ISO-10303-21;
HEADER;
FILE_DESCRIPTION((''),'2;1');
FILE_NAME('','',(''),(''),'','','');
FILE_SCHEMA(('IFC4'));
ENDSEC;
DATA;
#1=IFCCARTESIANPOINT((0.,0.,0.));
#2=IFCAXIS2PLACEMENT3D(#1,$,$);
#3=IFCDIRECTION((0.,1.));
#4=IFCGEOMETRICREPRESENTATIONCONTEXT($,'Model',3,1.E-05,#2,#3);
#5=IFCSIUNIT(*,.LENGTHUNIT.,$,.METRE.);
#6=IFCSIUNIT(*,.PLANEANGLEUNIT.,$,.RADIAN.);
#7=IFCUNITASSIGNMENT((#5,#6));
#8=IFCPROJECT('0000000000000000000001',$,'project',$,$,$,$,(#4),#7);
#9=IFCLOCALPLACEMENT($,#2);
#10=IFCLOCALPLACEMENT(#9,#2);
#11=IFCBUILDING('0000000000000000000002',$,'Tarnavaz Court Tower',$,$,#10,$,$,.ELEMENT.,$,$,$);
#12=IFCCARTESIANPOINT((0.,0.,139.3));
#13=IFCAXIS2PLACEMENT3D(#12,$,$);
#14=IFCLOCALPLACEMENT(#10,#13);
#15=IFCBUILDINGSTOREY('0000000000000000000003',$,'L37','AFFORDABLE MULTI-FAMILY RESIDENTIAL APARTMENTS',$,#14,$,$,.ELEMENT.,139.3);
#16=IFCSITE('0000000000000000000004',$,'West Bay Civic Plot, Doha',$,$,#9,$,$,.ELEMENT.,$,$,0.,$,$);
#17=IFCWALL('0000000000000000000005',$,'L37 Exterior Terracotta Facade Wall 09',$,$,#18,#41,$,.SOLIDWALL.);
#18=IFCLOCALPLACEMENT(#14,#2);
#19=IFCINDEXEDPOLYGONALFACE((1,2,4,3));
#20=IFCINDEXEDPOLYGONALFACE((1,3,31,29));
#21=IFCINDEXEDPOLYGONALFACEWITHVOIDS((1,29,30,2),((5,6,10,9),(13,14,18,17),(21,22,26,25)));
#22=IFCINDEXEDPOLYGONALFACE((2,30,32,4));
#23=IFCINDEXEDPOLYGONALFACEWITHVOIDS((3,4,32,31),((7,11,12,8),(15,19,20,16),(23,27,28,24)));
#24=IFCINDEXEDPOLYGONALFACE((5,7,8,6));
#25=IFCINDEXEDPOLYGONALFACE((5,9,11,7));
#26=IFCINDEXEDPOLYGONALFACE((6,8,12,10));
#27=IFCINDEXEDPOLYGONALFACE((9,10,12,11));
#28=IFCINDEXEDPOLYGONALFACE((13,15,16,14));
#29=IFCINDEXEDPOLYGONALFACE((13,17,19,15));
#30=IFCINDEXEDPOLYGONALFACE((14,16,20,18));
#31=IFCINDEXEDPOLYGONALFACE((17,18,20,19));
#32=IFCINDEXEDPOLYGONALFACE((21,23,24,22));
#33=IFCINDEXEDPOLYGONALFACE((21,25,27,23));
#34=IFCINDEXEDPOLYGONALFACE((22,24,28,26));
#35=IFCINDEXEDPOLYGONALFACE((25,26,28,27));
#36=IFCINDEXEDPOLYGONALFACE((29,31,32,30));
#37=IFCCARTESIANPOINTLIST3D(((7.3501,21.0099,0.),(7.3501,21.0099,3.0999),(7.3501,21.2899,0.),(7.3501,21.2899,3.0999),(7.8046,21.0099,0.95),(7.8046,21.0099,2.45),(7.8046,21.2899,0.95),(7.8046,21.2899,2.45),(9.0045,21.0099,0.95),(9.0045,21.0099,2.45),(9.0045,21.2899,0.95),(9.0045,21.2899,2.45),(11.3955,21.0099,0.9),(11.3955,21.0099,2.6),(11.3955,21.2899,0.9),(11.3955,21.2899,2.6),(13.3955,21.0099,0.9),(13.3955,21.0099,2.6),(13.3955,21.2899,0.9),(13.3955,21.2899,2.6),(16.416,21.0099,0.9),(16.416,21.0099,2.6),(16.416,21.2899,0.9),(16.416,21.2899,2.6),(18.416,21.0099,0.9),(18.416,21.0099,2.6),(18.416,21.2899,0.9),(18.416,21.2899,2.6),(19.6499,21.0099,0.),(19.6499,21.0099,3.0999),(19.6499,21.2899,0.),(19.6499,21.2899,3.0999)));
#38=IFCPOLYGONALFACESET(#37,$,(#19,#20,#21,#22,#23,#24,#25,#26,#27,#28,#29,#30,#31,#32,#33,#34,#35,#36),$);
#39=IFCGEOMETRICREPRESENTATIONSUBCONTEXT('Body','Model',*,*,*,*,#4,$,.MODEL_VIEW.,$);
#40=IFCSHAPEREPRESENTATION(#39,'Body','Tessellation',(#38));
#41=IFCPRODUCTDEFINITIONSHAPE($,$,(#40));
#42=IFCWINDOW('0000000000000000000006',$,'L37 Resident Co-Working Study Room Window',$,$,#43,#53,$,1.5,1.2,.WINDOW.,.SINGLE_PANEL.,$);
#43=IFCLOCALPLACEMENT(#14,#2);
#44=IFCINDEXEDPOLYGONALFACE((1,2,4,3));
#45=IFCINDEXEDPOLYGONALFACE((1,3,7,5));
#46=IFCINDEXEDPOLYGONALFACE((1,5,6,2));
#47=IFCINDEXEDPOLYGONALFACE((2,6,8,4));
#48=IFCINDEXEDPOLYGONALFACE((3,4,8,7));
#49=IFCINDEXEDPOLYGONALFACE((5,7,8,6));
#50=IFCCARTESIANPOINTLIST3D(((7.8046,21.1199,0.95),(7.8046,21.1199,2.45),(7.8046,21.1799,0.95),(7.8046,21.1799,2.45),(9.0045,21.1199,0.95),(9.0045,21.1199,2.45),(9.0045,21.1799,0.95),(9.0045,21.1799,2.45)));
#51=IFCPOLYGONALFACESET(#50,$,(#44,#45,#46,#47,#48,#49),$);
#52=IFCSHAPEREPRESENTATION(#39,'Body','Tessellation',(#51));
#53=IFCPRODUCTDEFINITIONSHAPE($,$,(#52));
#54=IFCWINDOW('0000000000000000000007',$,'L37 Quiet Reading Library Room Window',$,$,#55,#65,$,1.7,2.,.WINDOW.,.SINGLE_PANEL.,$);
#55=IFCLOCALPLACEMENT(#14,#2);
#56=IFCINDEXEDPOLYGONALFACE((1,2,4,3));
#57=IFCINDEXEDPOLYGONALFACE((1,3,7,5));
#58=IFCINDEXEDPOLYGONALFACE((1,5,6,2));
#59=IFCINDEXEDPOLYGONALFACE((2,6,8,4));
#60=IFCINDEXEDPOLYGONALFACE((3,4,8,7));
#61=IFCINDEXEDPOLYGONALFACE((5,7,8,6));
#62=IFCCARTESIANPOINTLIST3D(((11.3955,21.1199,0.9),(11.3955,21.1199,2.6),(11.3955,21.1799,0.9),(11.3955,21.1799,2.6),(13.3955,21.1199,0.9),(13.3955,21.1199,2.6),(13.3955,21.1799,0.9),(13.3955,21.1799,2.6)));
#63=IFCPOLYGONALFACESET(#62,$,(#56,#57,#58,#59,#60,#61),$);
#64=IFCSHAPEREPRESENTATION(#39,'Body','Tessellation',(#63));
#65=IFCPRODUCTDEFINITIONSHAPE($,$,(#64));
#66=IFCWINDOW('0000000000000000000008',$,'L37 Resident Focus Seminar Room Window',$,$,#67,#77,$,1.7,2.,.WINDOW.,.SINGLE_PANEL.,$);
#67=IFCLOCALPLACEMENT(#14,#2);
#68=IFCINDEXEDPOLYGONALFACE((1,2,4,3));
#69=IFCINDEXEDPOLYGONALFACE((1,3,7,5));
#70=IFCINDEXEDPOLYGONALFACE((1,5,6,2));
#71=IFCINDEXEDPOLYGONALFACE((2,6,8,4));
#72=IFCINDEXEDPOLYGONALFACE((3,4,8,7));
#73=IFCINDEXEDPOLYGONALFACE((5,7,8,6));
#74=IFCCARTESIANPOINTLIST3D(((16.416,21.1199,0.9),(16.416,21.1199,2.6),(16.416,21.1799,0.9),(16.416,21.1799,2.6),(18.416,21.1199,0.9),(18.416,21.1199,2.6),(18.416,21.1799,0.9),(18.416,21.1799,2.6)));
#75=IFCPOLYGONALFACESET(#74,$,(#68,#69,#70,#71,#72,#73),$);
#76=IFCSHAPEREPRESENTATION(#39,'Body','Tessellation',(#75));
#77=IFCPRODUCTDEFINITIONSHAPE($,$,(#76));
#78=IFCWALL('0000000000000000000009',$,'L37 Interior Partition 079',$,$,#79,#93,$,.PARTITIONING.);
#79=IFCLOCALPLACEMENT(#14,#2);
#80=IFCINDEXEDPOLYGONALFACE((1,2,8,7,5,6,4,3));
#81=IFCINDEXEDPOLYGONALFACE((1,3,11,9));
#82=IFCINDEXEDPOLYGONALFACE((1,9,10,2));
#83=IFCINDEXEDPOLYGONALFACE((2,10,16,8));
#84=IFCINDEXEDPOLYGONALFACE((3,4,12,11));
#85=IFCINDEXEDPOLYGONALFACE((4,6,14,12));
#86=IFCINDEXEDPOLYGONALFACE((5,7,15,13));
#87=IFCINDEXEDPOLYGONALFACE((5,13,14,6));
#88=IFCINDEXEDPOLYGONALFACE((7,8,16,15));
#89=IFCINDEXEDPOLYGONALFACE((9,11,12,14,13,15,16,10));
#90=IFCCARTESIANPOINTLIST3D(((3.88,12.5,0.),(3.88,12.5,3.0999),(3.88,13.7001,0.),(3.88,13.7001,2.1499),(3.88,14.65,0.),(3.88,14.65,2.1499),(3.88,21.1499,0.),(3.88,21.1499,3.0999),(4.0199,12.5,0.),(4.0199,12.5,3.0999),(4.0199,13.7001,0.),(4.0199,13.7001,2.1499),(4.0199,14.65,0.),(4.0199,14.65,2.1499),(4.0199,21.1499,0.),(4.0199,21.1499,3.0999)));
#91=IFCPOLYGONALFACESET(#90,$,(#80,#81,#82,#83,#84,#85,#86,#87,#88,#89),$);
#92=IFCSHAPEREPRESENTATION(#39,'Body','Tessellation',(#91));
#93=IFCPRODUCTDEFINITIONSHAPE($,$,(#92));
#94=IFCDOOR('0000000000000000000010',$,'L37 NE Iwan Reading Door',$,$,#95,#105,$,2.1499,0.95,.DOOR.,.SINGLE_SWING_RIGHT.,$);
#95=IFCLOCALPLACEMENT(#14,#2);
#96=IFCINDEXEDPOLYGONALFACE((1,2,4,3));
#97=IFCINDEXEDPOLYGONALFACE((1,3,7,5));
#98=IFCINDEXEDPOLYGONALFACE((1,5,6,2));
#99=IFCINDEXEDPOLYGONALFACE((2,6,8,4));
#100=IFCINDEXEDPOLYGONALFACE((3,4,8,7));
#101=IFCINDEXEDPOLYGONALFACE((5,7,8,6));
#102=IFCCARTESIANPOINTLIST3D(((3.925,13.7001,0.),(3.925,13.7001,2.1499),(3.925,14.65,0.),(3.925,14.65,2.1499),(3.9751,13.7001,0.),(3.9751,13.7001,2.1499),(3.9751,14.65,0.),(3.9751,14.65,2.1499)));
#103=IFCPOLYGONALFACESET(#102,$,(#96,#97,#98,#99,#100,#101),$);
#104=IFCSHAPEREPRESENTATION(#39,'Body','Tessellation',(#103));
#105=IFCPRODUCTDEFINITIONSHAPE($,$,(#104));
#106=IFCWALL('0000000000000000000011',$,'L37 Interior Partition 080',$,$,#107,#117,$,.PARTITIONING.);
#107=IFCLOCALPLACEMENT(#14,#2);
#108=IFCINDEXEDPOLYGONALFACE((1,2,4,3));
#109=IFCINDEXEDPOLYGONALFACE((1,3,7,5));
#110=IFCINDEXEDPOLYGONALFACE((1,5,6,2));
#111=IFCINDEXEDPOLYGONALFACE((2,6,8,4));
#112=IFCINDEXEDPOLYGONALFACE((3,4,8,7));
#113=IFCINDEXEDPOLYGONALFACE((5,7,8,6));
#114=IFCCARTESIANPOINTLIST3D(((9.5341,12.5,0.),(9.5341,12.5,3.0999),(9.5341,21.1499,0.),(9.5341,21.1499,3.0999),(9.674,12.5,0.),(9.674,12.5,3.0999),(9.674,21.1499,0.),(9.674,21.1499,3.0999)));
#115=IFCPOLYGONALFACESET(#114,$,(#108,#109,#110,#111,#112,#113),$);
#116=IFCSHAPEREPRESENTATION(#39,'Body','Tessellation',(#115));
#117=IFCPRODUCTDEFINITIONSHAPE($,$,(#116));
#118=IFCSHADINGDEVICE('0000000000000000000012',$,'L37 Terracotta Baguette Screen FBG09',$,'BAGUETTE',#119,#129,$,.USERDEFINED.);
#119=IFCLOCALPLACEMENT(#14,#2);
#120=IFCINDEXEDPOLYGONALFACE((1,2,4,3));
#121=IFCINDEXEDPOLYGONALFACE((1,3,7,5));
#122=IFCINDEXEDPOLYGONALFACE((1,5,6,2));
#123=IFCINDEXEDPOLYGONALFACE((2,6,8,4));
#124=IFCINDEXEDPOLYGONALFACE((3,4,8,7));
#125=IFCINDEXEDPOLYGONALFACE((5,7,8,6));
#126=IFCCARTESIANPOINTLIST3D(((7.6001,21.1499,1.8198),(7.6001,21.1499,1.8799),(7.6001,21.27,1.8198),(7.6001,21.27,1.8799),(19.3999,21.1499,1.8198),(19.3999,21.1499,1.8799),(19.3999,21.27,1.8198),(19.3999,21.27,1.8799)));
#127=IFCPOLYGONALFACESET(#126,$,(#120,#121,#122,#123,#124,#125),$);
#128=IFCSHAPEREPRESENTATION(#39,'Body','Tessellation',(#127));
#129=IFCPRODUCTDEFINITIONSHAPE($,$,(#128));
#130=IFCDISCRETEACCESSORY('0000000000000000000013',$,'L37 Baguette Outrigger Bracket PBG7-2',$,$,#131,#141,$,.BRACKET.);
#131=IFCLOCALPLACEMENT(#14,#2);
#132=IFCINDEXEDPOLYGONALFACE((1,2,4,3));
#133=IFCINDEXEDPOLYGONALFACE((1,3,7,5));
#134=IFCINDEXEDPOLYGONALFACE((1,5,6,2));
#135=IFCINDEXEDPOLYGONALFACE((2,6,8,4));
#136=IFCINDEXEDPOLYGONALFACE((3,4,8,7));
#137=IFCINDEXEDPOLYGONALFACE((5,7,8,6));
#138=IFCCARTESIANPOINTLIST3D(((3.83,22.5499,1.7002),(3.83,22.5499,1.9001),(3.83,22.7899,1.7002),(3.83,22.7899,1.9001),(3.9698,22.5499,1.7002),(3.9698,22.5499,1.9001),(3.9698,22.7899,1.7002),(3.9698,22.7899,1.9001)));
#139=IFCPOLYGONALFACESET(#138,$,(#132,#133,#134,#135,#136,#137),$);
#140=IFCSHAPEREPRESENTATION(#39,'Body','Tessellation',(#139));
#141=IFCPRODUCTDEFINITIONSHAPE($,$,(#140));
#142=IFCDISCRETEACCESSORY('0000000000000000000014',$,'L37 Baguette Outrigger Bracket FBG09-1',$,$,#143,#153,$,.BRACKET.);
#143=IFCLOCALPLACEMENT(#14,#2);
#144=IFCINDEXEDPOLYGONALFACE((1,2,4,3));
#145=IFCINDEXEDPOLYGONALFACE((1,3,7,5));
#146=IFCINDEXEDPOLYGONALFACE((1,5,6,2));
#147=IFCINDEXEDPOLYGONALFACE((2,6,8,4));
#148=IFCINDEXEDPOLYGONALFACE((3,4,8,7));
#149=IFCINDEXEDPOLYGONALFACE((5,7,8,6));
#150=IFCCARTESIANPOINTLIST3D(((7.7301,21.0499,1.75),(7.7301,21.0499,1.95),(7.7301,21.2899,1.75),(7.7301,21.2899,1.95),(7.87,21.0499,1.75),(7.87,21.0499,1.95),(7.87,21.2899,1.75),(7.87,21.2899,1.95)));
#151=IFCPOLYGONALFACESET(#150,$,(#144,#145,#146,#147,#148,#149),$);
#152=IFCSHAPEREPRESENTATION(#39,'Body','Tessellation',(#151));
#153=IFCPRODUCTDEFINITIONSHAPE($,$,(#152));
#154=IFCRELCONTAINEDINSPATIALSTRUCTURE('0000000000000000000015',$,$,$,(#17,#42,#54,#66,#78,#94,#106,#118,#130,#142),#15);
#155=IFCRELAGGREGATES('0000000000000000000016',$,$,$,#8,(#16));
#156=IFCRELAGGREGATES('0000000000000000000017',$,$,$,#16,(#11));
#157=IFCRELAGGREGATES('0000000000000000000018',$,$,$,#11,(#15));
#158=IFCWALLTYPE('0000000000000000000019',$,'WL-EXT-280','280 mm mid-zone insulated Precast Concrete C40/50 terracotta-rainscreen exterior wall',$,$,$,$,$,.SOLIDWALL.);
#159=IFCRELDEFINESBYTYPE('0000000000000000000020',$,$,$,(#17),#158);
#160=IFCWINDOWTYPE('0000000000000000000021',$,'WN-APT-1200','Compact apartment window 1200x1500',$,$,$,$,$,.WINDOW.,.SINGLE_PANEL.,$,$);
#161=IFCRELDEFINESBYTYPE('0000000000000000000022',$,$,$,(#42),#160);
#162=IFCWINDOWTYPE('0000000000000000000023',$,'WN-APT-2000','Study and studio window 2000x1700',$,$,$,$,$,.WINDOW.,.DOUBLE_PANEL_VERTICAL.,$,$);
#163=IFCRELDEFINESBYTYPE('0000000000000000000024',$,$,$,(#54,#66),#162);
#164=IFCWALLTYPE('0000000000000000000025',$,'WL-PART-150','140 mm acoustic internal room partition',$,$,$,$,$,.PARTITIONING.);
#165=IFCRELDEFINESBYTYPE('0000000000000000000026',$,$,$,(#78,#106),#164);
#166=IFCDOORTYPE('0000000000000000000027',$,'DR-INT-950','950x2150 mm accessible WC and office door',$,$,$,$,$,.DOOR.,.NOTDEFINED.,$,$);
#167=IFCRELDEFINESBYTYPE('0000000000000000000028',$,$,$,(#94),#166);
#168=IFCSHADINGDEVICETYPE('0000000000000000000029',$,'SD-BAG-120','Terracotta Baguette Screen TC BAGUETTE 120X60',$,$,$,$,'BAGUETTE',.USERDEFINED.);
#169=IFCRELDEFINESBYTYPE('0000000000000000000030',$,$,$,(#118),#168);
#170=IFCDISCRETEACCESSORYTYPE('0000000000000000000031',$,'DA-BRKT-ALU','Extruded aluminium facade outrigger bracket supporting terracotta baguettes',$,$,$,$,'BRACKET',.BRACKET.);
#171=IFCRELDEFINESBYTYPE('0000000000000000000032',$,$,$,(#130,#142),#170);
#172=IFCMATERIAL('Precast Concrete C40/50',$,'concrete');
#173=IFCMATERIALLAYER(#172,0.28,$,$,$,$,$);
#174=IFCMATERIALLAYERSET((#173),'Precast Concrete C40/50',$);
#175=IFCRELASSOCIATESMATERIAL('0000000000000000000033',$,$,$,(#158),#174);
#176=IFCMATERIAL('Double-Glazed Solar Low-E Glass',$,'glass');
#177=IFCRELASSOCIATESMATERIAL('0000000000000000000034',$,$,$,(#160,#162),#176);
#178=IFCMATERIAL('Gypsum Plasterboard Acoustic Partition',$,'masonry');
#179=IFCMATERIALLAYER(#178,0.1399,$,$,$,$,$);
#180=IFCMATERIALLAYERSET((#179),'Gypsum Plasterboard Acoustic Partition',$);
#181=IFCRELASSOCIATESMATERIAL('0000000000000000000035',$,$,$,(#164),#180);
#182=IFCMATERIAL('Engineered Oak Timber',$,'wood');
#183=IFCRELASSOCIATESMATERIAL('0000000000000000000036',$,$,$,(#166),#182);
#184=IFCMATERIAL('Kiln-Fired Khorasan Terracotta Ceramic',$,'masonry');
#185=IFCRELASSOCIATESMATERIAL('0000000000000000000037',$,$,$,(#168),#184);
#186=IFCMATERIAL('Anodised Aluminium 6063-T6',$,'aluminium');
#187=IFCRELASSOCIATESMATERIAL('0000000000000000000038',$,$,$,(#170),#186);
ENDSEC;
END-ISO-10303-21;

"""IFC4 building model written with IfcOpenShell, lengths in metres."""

from ifc_helpers import new_model, si_unit, direction, frame, frame_2d, origin, origin_2d, place, context, subcontext, project, spatial, rectangle, extrude, material, layer, layer_set, material_profile, profile_set, type_object, element, fill, save


model = new_model("IFC4")

# Units and contexts
model_context = context("Model", 3, precision=1e-05, world=origin(), true_north=direction((0.0, 1.0)))
body_context = subcontext(model_context, "Body", "Model", "MODEL_VIEW")
ifc_project = project(units=[si_unit("LENGTHUNIT", "METRE"), si_unit("PLANEANGLEUNIT", "RADIAN")], contexts=[model_context])

# Site, building, storey
site_placement = place(None, origin())
site = spatial("IfcSite", under=ifc_project, at=site_placement, Name="West Bay Civic Plot, Doha", CompositionType="ELEMENT", RefElevation=0.0)
building_placement = place(site_placement, origin())
building = spatial("IfcBuilding", under=site, at=building_placement, Name="Tarnavaz Court Tower", CompositionType="ELEMENT")
storey_placement = place(building_placement, frame((0.0, 0.0, 139.3)))
storey = spatial("IfcBuildingStorey", under=building, at=storey_placement, Name="L37", Description="AFFORDABLE MULTI-FAMILY RESIDENTIAL APARTMENTS", CompositionType="ELEMENT", Elevation=139.3)

# Shared definitions
ifc_material_1 = material(Name="Anodised Aluminium 6063-T6", Category="aluminium")
ifc_material_2 = material(Name="Double-Glazed Solar Low-E Glass", Category="glass")

# Shared definitions
ifc_material_3 = material(Name="Precast Concrete C40/50", Category="concrete")
ifc_layer_1 = layer(ifc_material_3, 0.28)
ifc_layer_set_1 = layer_set([ifc_layer_1], Name="Precast Concrete C40/50")
wall_type_1 = type_object("IfcWallType", Name="WL-EXT-280", Description="280 mm mid-zone insulated Precast Concrete C40/50 terracotta-rainscreen exterior wall", PredefinedType="SOLIDWALL", material=ifc_layer_set_1)
window_type_1 = type_object("IfcWindowType", Name="WN-APT-1200", Description="Compact apartment window 1200x1500", PartitioningType="SINGLE_PANEL", PredefinedType="WINDOW", material=ifc_material_2)

# Wall, openings, windows
wall_1_placement = place(storey_placement, frame((7.3501, 21.1499, 0.0), z_axis=(0.0, 0.0, 1.0), x_axis=(1.0, 0.0, 0.0)))
wall_1 = element("IfcWall", 1, at=wall_1_placement, inside=storey, type_object=wall_type_1, Name="L37 Exterior Terracotta Facade Wall 09", PredefinedType="SOLIDWALL", context=body_context, shape_type="SweptSolid", body=[
    extrude(rectangle(XDim=12.2998, YDim=0.28, at=frame_2d((6.1499, 0.0))), origin(), (0.0, 0.0, 1.0), 3.0999),
])
opening_1_placement = place(wall_1_placement, frame((0.4543, 0.0, 0.95)))
opening_1 = element("IfcOpeningElement", 2, at=opening_1_placement, cuts=wall_1, PredefinedType="OPENING", context=body_context, shape_type="SweptSolid", body=[
    extrude(rectangle(XDim=1.2, YDim=1.5, at=frame_2d((0.6001, 0.75))), frame((0.0, 0.1499, 0.0), z_axis=(0.0, -1.0, 0.0), x_axis=(1.0, 0.0, 0.0)), (0.0, 0.0, 1.0), 0.3),
])
opening_2_placement = place(wall_1_placement, frame((4.0454, 0.0, 0.8999)))
opening_2 = element("IfcOpeningElement", 3, at=opening_2_placement, cuts=wall_1, PredefinedType="OPENING", context=body_context, shape_type="SweptSolid", body=[
    extrude(rectangle(XDim=2.0, YDim=1.7, at=frame_2d((1.0, 0.8501))), frame((0.0, 0.1499, 0.0), z_axis=(0.0, -1.0, 0.0), x_axis=(1.0, 0.0, 0.0)), (0.0, 0.0, 1.0), 0.3),
])
opening_3_placement = place(wall_1_placement, frame((9.0659, 0.0, 0.8999)))
opening_3 = element("IfcOpeningElement", 4, at=opening_3_placement, cuts=wall_1, PredefinedType="OPENING", context=body_context, shape_type="SweptSolid", body=[
    extrude(rectangle(XDim=2.0, YDim=1.7, at=frame_2d((1.0, 0.8501))), frame((0.0, 0.1499, 0.0), z_axis=(0.0, -1.0, 0.0), x_axis=(1.0, 0.0, 0.0)), (0.0, 0.0, 1.0), 0.3),
])
window_1_placement = place(opening_1_placement, origin())
window_1 = element("IfcWindow", 5, at=window_1_placement, inside=storey, type_object=window_type_1, Name="L37 Resident Co-Working Study Room Window", OverallHeight=1.5, OverallWidth=1.2, PartitioningType="SINGLE_PANEL", PredefinedType="WINDOW", context=body_context, shape_type="SweptSolid", body=[
    extrude(rectangle(XDim=1.2, YDim=1.5, at=frame_2d((0.6001, 0.75))), frame((0.0, 0.03, 0.0), z_axis=(0.0, -1.0, 0.0), x_axis=(1.0, 0.0, 0.0)), (0.0, 0.0, 1.0), 0.0601),
])
fill(opening_1, window_1)
window_type_2 = type_object("IfcWindowType", Name="WN-APT-2000", Description="Study and studio window 2000x1700", PartitioningType="DOUBLE_PANEL_VERTICAL", PredefinedType="WINDOW", material=ifc_material_2)
window_2_placement = place(opening_2_placement, origin())
window_2 = element("IfcWindow", 6, at=window_2_placement, inside=storey, type_object=window_type_2, Name="L37 Quiet Reading Library Room Window", OverallHeight=1.7, OverallWidth=2.0, PartitioningType="SINGLE_PANEL", PredefinedType="WINDOW", context=body_context, shape_type="SweptSolid", body=[
    extrude(rectangle(XDim=2.0, YDim=1.7, at=frame_2d((1.0, 0.8501))), frame((0.0, 0.03, 0.0), z_axis=(0.0, -1.0, 0.0), x_axis=(1.0, 0.0, 0.0)), (0.0, 0.0, 1.0), 0.0601),
])
fill(opening_2, window_2)
window_3_placement = place(opening_3_placement, origin())
window_3 = element("IfcWindow", 7, at=window_3_placement, inside=storey, type_object=window_type_2, Name="L37 Resident Focus Seminar Room Window", OverallHeight=1.7, OverallWidth=2.0, PartitioningType="SINGLE_PANEL", PredefinedType="WINDOW", context=body_context, shape_type="SweptSolid", body=[
    extrude(rectangle(XDim=2.0, YDim=1.7, at=frame_2d((1.0, 0.8501))), frame((0.0, 0.03, 0.0), z_axis=(0.0, -1.0, 0.0), x_axis=(1.0, 0.0, 0.0)), (0.0, 0.0, 1.0), 0.0601),
])
fill(opening_3, window_3)

# Wall, opening, door
ifc_material_4 = material(Name="Gypsum Plasterboard Acoustic Partition", Category="masonry")
ifc_layer_2 = layer(ifc_material_4, 0.1399)
ifc_layer_set_2 = layer_set([ifc_layer_2], Name="Gypsum Plasterboard Acoustic Partition")
wall_type_2 = type_object("IfcWallType", Name="WL-PART-150", Description="140 mm acoustic internal room partition", PredefinedType="PARTITIONING", material=ifc_layer_set_2)
wall_2_placement = place(storey_placement, frame((3.95, 12.5, 0.0), z_axis=(0.0, 0.0, 1.0), x_axis=(0.0, 1.0, 0.0)))
wall_2 = element("IfcWall", 8, at=wall_2_placement, inside=storey, type_object=wall_type_2, Name="L37 Interior Partition 079", PredefinedType="PARTITIONING", context=body_context, shape_type="SweptSolid", body=[
    extrude(rectangle(XDim=8.6499, YDim=0.1399, at=frame_2d((4.325, 0.0))), origin(), (0.0, 0.0, 1.0), 3.0999),
])
opening_4_placement = place(wall_2_placement, frame((1.2, 0.0, 0.0)))
opening_4 = element("IfcOpeningElement", 9, at=opening_4_placement, cuts=wall_2, PredefinedType="OPENING", context=body_context, shape_type="SweptSolid", body=[
    extrude(rectangle(XDim=0.95, YDim=2.1499, at=frame_2d((0.4751, 1.075))), frame((0.0, 0.0798, 0.0), z_axis=(0.0, -1.0, 0.0), x_axis=(1.0, 0.0, 0.0)), (0.0, 0.0, 1.0), 0.1599),
])
ifc_material_5 = material(Name="Engineered Oak Timber", Category="wood")
door_type = type_object("IfcDoorType", Name="DR-INT-950", Description="950x2150 mm accessible WC and office door", OperationType="NOTDEFINED", PredefinedType="DOOR", material=ifc_material_5)
door_placement = place(opening_4_placement, origin())
door = element("IfcDoor", 10, at=door_placement, inside=storey, type_object=door_type, Name="L37 NE Iwan Reading Door", OperationType="SINGLE_SWING_RIGHT", OverallHeight=2.1499, OverallWidth=0.95, PredefinedType="DOOR", context=body_context, shape_type="SweptSolid", body=[
    extrude(rectangle(XDim=0.95, YDim=2.1499, at=frame_2d((0.4751, 1.075))), frame((0.0, 0.0249, 0.0), z_axis=(0.0, -1.0, 0.0), x_axis=(1.0, 0.0, 0.0)), (0.0, 0.0, 1.0), 0.05),
])
fill(opening_4, door)

# Wall
wall_3_placement = place(storey_placement, frame((9.604, 12.5, 0.0), z_axis=(0.0, 0.0, 1.0), x_axis=(0.0, 1.0, 0.0)))
element("IfcWall", 11, at=wall_3_placement, inside=storey, type_object=wall_type_2, Name="L37 Interior Partition 080", PredefinedType="PARTITIONING", context=body_context, shape_type="SweptSolid", body=[
    extrude(rectangle(XDim=8.6499, YDim=0.1399, at=frame_2d((4.325, 0.0))), origin(), (0.0, 0.0, 1.0), 3.0999),
])

# Shading device
ifc_material_6 = material(Name="Kiln-Fired Khorasan Terracotta Ceramic", Category="masonry")
ifc_material_profile_1 = material_profile(ifc_material_6, rectangle(XDim=0.1201, YDim=0.0601, at=origin_2d()), Name="TC BAGUETTE 120X60")
ifc_profile_set_1 = profile_set([ifc_material_profile_1], Name="Kiln-Fired Khorasan Terracotta Ceramic")
shading_device_type = type_object("IfcShadingDeviceType", Name="SD-BAG-120", Description="Terracotta Baguette Screen TC BAGUETTE 120X60", ElementType="BAGUETTE", PredefinedType="USERDEFINED", material=ifc_profile_set_1)
shading_device_placement = place(storey_placement, frame((7.6001, 21.21, 1.8499), z_axis=(1.0, 0.0, 0.0), x_axis=(0.0, 1.0, 0.0)))
element("IfcShadingDevice", 12, at=shading_device_placement, inside=storey, type_object=shading_device_type, Name="L37 Terracotta Baguette Screen FBG09", ObjectType="BAGUETTE", PredefinedType="USERDEFINED", context=body_context, shape_type="SweptSolid", body=[
    extrude(rectangle(XDim=0.1201, YDim=0.0601, at=origin_2d()), origin(), (0.0, 0.0, 1.0), 11.7998),
])

# Discrete accessories
discrete_accessory_type = type_object("IfcDiscreteAccessoryType", Name="DA-BRKT-ALU", Description="Extruded aluminium facade outrigger bracket supporting terracotta baguettes", ElementType="BRACKET", PredefinedType="BRACKET", material=ifc_material_1)
for number, where, z_axis, x_axis, name in (
    (13, (3.8999, 22.6699, 1.7002), (0.0, 0.0, 1.0), (1.0, 0.0, 0.0), "L37 Baguette Outrigger Bracket PBG7-2"),
    (14, (7.8, 21.1699, 1.75), (0.0, 0.0, 1.0), (1.0, 0.0, 0.0), "L37 Baguette Outrigger Bracket FBG09-1"),
):
    element("IfcDiscreteAccessory", number, at=place(storey_placement, frame(where, z_axis=z_axis, x_axis=x_axis)), inside=storey, type_object=discrete_accessory_type, Name=name, PredefinedType="BRACKET", context=body_context, shape_type="SweptSolid", body=[
        extrude(rectangle(XDim=0.1399, YDim=0.24, at=origin_2d()), origin(), (0.0, 0.0, 1.0), 0.2),
    ])

save(model, "model.ifc")
